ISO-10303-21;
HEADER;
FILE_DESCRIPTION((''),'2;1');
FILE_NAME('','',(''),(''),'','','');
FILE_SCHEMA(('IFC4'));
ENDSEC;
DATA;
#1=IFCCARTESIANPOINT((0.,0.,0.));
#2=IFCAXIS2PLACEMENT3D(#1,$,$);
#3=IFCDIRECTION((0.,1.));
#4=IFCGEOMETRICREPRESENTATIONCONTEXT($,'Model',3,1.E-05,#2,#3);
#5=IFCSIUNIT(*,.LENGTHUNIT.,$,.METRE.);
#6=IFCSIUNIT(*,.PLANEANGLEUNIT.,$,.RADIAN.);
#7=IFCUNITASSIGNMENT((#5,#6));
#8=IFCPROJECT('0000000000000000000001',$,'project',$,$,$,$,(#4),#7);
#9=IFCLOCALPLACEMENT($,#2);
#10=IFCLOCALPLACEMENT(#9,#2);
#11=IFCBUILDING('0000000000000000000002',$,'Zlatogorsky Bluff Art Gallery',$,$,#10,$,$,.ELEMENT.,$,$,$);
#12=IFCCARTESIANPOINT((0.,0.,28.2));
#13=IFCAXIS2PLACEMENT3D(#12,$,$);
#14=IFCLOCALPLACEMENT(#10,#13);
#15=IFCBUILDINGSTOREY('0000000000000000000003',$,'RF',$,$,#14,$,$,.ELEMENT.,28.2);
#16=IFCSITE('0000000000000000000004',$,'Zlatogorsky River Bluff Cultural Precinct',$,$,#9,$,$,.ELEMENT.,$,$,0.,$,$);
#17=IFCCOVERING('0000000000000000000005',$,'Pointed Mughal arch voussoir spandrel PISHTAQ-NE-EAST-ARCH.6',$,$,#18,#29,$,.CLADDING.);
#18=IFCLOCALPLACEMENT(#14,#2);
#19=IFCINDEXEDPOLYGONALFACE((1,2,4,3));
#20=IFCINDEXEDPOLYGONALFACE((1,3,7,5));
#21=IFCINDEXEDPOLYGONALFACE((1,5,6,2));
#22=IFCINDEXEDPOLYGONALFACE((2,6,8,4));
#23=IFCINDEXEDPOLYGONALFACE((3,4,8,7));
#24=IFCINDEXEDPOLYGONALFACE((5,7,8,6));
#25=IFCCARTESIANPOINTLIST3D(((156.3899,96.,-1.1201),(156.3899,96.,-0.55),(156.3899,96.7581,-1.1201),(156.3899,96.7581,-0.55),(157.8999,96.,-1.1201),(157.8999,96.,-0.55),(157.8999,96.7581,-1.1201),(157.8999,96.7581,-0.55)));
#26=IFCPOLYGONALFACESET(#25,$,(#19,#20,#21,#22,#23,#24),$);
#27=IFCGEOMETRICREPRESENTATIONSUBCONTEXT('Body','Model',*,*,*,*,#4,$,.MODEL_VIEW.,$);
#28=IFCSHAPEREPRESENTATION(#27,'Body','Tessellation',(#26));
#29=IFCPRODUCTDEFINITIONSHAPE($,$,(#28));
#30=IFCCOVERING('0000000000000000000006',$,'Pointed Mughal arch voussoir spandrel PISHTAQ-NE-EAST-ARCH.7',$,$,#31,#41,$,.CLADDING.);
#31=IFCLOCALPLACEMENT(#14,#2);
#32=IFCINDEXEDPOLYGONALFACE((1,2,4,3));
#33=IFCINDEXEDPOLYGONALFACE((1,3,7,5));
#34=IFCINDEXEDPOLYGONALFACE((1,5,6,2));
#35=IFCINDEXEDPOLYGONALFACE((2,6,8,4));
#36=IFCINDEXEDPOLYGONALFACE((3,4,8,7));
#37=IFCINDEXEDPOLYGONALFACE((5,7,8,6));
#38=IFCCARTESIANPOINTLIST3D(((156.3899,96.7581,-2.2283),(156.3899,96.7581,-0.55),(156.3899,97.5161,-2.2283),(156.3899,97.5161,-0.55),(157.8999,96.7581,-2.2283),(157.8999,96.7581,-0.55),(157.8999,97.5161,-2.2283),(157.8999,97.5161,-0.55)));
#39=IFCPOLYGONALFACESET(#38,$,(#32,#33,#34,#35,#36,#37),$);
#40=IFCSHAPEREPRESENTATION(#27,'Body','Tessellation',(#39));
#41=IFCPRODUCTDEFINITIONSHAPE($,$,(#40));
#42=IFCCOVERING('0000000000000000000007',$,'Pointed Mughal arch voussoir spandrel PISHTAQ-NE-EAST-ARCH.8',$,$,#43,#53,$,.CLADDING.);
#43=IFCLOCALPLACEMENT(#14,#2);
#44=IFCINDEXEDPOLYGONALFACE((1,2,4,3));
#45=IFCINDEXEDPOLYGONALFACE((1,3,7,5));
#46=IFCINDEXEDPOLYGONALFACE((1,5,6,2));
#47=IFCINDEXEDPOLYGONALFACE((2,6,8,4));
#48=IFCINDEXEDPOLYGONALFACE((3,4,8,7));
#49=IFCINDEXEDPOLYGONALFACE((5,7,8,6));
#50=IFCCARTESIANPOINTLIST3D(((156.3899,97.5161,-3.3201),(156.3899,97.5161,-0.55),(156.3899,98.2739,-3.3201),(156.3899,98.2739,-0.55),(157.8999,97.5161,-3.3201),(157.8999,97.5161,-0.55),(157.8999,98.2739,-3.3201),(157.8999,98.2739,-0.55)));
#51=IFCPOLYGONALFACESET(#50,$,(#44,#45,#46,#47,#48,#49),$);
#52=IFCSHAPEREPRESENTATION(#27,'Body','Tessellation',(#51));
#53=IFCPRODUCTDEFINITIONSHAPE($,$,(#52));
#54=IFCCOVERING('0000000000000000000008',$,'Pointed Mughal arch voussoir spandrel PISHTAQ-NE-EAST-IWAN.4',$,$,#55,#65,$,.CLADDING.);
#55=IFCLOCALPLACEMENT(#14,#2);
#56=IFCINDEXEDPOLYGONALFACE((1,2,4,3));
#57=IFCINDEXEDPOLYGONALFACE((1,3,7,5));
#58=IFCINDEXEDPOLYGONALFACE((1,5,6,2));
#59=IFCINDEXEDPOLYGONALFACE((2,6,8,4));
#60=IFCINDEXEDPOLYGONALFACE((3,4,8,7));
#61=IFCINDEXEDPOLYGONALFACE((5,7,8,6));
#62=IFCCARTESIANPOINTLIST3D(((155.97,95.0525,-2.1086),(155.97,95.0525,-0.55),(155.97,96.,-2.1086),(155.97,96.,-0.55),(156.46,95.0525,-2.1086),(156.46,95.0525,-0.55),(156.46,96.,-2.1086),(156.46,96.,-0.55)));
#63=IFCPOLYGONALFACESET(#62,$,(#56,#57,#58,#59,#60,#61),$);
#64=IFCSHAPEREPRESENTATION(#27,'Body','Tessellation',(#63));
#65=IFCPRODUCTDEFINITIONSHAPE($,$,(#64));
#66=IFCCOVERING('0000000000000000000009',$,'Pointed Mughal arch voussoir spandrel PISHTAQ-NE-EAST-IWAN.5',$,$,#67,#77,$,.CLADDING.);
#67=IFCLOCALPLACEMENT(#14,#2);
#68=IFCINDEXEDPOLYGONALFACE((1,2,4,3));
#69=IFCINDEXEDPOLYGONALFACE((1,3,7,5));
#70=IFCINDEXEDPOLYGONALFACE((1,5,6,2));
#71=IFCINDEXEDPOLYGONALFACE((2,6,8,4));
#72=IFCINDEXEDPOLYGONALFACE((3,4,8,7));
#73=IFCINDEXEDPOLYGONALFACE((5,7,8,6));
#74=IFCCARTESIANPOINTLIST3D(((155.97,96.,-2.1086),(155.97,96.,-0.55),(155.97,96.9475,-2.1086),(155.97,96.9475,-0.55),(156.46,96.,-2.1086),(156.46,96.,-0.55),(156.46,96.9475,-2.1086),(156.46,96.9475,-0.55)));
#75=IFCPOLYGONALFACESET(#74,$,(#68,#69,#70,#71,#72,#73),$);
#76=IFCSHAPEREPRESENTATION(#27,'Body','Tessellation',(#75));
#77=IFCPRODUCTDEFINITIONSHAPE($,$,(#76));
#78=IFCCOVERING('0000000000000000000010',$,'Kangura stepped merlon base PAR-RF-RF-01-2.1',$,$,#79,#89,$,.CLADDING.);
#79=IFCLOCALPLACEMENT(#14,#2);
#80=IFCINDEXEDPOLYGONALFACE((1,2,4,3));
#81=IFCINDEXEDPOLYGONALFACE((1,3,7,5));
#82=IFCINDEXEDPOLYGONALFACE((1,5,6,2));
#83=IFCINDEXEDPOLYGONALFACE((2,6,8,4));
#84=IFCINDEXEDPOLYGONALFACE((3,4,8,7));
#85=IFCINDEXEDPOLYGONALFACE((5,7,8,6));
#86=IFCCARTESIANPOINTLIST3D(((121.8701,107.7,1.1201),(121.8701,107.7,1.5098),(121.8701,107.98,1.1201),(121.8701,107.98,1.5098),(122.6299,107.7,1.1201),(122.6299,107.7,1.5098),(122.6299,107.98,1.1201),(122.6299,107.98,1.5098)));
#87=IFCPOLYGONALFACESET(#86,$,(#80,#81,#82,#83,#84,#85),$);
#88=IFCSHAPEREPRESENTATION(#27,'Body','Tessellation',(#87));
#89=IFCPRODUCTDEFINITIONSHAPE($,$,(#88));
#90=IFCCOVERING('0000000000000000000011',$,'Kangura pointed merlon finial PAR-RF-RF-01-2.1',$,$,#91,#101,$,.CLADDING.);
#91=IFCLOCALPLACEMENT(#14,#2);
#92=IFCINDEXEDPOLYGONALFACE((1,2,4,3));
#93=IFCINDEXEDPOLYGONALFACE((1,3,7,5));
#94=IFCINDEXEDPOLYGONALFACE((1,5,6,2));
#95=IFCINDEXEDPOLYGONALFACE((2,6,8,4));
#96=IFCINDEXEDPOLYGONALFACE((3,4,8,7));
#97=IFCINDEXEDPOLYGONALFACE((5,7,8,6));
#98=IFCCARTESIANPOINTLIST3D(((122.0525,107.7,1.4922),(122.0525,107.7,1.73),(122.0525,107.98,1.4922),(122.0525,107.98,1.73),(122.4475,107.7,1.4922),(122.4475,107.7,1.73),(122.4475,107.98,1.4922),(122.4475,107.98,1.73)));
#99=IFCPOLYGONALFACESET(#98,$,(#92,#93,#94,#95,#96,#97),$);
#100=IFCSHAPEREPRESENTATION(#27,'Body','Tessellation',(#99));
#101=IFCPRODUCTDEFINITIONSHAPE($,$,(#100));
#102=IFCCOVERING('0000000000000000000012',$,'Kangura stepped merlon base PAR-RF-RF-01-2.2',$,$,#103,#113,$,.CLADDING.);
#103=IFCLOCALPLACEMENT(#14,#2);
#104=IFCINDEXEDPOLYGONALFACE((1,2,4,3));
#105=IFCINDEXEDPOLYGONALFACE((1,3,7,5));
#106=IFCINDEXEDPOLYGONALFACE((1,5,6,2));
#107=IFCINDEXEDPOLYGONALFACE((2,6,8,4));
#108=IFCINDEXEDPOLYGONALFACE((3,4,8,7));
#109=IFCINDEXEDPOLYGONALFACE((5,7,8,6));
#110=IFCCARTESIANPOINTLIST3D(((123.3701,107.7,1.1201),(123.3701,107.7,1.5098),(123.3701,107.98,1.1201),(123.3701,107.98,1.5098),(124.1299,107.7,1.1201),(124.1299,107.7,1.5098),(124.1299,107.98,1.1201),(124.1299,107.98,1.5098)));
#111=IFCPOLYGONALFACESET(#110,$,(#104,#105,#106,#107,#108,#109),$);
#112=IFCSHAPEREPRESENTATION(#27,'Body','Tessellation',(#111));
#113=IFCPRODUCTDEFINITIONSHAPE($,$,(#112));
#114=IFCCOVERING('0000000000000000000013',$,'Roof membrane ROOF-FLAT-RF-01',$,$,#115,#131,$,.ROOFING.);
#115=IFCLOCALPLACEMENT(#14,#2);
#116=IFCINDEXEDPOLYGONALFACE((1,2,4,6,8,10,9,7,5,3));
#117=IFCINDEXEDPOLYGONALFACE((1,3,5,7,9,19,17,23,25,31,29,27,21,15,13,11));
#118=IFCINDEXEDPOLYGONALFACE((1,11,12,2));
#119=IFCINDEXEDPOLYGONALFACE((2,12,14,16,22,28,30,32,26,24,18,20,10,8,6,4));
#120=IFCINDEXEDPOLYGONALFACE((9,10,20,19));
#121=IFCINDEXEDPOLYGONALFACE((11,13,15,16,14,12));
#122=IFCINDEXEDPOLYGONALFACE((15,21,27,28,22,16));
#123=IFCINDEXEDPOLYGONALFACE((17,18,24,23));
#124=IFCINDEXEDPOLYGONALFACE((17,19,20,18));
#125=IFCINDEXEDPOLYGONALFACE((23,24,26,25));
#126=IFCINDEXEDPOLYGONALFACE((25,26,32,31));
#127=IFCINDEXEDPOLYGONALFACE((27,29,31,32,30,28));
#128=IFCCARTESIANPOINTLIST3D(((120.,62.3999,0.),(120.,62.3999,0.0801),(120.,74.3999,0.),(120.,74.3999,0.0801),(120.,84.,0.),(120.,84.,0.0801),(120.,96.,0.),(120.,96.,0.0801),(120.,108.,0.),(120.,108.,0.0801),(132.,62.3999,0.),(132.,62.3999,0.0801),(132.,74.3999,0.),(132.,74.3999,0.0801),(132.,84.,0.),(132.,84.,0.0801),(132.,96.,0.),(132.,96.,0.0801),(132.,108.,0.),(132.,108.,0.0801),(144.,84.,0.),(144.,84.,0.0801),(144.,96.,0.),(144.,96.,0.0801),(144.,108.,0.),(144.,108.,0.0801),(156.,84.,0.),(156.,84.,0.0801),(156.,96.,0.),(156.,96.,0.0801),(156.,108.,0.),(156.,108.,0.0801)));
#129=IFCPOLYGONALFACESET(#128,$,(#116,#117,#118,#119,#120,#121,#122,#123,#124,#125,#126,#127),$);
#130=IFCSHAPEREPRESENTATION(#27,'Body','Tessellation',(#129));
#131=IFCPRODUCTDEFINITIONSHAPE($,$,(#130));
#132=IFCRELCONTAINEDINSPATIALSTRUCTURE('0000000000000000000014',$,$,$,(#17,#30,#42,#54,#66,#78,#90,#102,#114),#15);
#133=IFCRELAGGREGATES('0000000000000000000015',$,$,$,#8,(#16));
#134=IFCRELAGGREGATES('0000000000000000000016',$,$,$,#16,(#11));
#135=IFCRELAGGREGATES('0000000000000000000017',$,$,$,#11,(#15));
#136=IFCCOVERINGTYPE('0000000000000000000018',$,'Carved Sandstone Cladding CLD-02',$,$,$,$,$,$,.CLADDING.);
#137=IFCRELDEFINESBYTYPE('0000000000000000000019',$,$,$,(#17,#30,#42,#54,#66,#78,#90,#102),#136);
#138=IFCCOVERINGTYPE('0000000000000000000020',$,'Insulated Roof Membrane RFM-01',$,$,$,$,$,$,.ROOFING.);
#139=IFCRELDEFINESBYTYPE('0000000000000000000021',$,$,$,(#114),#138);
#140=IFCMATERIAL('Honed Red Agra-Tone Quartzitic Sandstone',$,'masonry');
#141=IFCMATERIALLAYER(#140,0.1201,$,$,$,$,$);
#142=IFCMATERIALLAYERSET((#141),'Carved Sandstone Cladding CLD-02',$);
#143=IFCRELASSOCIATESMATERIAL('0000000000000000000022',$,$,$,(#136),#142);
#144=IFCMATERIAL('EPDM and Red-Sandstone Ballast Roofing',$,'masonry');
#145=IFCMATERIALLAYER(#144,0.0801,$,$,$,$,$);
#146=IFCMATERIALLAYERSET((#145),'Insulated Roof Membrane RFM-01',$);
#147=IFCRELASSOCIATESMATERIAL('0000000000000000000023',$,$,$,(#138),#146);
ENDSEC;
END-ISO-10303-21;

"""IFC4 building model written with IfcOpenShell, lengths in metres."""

from ifc_helpers import new_model, si_unit, direction, frame, origin, place, context, subcontext, project, spatial, polyline, outline, extrude, material, layer, layer_set, type_object, element, save


model = new_model("IFC4")

# Units and contexts
model_context = context("Model", 3, precision=1e-05, world=origin(), true_north=direction((0.0, 1.0)))
body_context = subcontext(model_context, "Body", "Model", "MODEL_VIEW")
ifc_project = project(units=[si_unit("LENGTHUNIT", "METRE"), si_unit("PLANEANGLEUNIT", "RADIAN")], contexts=[model_context])

# Site, building, storey
site_placement = place(None, origin())
site = spatial("IfcSite", under=ifc_project, at=site_placement, Name="Zlatogorsky River Bluff Cultural Precinct", CompositionType="ELEMENT", RefElevation=0.0)
building_placement = place(site_placement, origin())
building = spatial("IfcBuilding", under=site, at=building_placement, Name="Zlatogorsky Bluff Art Gallery", CompositionType="ELEMENT")
storey_placement = place(building_placement, frame((0.0, 0.0, 28.2)))
storey = spatial("IfcBuildingStorey", under=building, at=storey_placement, Name="RF", CompositionType="ELEMENT", Elevation=28.2)

# Coverings
ifc_material_1 = material(Name="Honed Red Agra-Tone Quartzitic Sandstone", Category="masonry")
ifc_layer_1 = layer(ifc_material_1, 0.1201)
ifc_layer_set_1 = layer_set([ifc_layer_1], Name="Carved Sandstone Cladding CLD-02")
covering_type_1 = type_object("IfcCoveringType", Name="Carved Sandstone Cladding CLD-02", PredefinedType="CLADDING", material=ifc_layer_set_1)
covering_1_placement = place(storey_placement, frame((0.0, 0.0, -1.1201)))
element("IfcCovering", 1, at=covering_1_placement, inside=storey, type_object=covering_type_1, Name="Pointed Mughal arch voussoir spandrel PISHTAQ-NE-EAST-ARCH.6", PredefinedType="CLADDING", context=body_context, shape_type="SweptSolid", body=[
    extrude(outline(polyline([(156.3899, 96.0), (156.3899, 96.7581), (157.8999, 96.7581), (157.8999, 96.0), (156.3899, 96.0)])), origin(), (0.0, 0.0, 1.0), 0.5701),
])
covering_2_placement = place(storey_placement, frame((0.0, 0.0, -2.2283)))
element("IfcCovering", 2, at=covering_2_placement, inside=storey, type_object=covering_type_1, Name="Pointed Mughal arch voussoir spandrel PISHTAQ-NE-EAST-ARCH.7", PredefinedType="CLADDING", context=body_context, shape_type="SweptSolid", body=[
    extrude(outline(polyline([(156.3899, 96.7581), (156.3899, 97.5161), (157.8999, 97.5161), (157.8999, 96.7581), (156.3899, 96.7581)])), origin(), (0.0, 0.0, 1.0), 1.6782),
])
covering_3_placement = place(storey_placement, frame((0.0, 0.0, -3.3201)))
element("IfcCovering", 3, at=covering_3_placement, inside=storey, type_object=covering_type_1, Name="Pointed Mughal arch voussoir spandrel PISHTAQ-NE-EAST-ARCH.8", PredefinedType="CLADDING", context=body_context, shape_type="SweptSolid", body=[
    extrude(outline(polyline([(156.3899, 97.5161), (156.3899, 98.2739), (157.8999, 98.2739), (157.8999, 97.5161), (156.3899, 97.5161)])), origin(), (0.0, 0.0, 1.0), 2.77),
])
covering_4_placement = place(storey_placement, frame((0.0, 0.0, -2.1086)))
element("IfcCovering", 4, at=covering_4_placement, inside=storey, type_object=covering_type_1, Name="Pointed Mughal arch voussoir spandrel PISHTAQ-NE-EAST-IWAN.4", PredefinedType="CLADDING", context=body_context, shape_type="SweptSolid", body=[
    extrude(outline(polyline([(155.97, 95.0525), (155.97, 96.0), (156.46, 96.0), (156.46, 95.0525), (155.97, 95.0525)])), origin(), (0.0, 0.0, 1.0), 1.5586),
])
covering_5_placement = place(storey_placement, frame((0.0, 0.0, -2.1086)))
element("IfcCovering", 5, at=covering_5_placement, inside=storey, type_object=covering_type_1, Name="Pointed Mughal arch voussoir spandrel PISHTAQ-NE-EAST-IWAN.5", PredefinedType="CLADDING", context=body_context, shape_type="SweptSolid", body=[
    extrude(outline(polyline([(155.97, 96.0), (155.97, 96.9475), (156.46, 96.9475), (156.46, 96.0), (155.97, 96.0)])), origin(), (0.0, 0.0, 1.0), 1.5586),
])
covering_6_placement = place(storey_placement, frame((0.0, 0.0, 1.1201)))
element("IfcCovering", 6, at=covering_6_placement, inside=storey, type_object=covering_type_1, Name="Kangura stepped merlon base PAR-RF-RF-01-2.1", PredefinedType="CLADDING", context=body_context, shape_type="SweptSolid", body=[
    extrude(outline(polyline([(121.8701, 107.7), (122.6299, 107.7), (122.6299, 107.98), (121.8701, 107.98), (121.8701, 107.7)])), origin(), (0.0, 0.0, 1.0), 0.3896),
])
covering_7_placement = place(storey_placement, frame((0.0, 0.0, 1.4922)))
element("IfcCovering", 7, at=covering_7_placement, inside=storey, type_object=covering_type_1, Name="Kangura pointed merlon finial PAR-RF-RF-01-2.1", PredefinedType="CLADDING", context=body_context, shape_type="SweptSolid", body=[
    extrude(outline(polyline([(122.0525, 107.7), (122.4475, 107.7), (122.4475, 107.98), (122.0525, 107.98), (122.0525, 107.7)])), origin(), (0.0, 0.0, 1.0), 0.2378),
])
covering_8_placement = place(storey_placement, frame((0.0, 0.0, 1.1201)))
element("IfcCovering", 8, at=covering_8_placement, inside=storey, type_object=covering_type_1, Name="Kangura stepped merlon base PAR-RF-RF-01-2.2", PredefinedType="CLADDING", context=body_context, shape_type="SweptSolid", body=[
    extrude(outline(polyline([(123.3701, 107.7), (124.1299, 107.7), (124.1299, 107.98), (123.3701, 107.98), (123.3701, 107.7)])), origin(), (0.0, 0.0, 1.0), 0.3896),
])
ifc_material_2 = material(Name="EPDM and Red-Sandstone Ballast Roofing", Category="masonry")
ifc_layer_2 = layer(ifc_material_2, 0.0801)
ifc_layer_set_2 = layer_set([ifc_layer_2], Name="Insulated Roof Membrane RFM-01")
covering_type_2 = type_object("IfcCoveringType", Name="Insulated Roof Membrane RFM-01", PredefinedType="ROOFING", material=ifc_layer_set_2)
covering_9_placement = place(storey_placement, origin())
element("IfcCovering", 9, at=covering_9_placement, inside=storey, type_object=covering_type_2, Name="Roof membrane ROOF-FLAT-RF-01", PredefinedType="ROOFING", context=body_context, shape_type="SweptSolid", body=[
    extrude(outline(polyline([(120.0, 62.3999), (120.0, 74.3999), (120.0, 84.0), (120.0, 96.0), (120.0, 108.0), (132.0, 108.0), (132.0, 96.0), (144.0, 96.0), (144.0, 108.0), (156.0, 108.0), (156.0, 96.0), (156.0, 84.0), (144.0, 84.0), (132.0, 84.0), (132.0, 74.3999), (132.0, 62.3999), (120.0, 62.3999)])), origin(), (0.0, 0.0, 1.0), 0.0801),
])

save(model, "model.ifc")
